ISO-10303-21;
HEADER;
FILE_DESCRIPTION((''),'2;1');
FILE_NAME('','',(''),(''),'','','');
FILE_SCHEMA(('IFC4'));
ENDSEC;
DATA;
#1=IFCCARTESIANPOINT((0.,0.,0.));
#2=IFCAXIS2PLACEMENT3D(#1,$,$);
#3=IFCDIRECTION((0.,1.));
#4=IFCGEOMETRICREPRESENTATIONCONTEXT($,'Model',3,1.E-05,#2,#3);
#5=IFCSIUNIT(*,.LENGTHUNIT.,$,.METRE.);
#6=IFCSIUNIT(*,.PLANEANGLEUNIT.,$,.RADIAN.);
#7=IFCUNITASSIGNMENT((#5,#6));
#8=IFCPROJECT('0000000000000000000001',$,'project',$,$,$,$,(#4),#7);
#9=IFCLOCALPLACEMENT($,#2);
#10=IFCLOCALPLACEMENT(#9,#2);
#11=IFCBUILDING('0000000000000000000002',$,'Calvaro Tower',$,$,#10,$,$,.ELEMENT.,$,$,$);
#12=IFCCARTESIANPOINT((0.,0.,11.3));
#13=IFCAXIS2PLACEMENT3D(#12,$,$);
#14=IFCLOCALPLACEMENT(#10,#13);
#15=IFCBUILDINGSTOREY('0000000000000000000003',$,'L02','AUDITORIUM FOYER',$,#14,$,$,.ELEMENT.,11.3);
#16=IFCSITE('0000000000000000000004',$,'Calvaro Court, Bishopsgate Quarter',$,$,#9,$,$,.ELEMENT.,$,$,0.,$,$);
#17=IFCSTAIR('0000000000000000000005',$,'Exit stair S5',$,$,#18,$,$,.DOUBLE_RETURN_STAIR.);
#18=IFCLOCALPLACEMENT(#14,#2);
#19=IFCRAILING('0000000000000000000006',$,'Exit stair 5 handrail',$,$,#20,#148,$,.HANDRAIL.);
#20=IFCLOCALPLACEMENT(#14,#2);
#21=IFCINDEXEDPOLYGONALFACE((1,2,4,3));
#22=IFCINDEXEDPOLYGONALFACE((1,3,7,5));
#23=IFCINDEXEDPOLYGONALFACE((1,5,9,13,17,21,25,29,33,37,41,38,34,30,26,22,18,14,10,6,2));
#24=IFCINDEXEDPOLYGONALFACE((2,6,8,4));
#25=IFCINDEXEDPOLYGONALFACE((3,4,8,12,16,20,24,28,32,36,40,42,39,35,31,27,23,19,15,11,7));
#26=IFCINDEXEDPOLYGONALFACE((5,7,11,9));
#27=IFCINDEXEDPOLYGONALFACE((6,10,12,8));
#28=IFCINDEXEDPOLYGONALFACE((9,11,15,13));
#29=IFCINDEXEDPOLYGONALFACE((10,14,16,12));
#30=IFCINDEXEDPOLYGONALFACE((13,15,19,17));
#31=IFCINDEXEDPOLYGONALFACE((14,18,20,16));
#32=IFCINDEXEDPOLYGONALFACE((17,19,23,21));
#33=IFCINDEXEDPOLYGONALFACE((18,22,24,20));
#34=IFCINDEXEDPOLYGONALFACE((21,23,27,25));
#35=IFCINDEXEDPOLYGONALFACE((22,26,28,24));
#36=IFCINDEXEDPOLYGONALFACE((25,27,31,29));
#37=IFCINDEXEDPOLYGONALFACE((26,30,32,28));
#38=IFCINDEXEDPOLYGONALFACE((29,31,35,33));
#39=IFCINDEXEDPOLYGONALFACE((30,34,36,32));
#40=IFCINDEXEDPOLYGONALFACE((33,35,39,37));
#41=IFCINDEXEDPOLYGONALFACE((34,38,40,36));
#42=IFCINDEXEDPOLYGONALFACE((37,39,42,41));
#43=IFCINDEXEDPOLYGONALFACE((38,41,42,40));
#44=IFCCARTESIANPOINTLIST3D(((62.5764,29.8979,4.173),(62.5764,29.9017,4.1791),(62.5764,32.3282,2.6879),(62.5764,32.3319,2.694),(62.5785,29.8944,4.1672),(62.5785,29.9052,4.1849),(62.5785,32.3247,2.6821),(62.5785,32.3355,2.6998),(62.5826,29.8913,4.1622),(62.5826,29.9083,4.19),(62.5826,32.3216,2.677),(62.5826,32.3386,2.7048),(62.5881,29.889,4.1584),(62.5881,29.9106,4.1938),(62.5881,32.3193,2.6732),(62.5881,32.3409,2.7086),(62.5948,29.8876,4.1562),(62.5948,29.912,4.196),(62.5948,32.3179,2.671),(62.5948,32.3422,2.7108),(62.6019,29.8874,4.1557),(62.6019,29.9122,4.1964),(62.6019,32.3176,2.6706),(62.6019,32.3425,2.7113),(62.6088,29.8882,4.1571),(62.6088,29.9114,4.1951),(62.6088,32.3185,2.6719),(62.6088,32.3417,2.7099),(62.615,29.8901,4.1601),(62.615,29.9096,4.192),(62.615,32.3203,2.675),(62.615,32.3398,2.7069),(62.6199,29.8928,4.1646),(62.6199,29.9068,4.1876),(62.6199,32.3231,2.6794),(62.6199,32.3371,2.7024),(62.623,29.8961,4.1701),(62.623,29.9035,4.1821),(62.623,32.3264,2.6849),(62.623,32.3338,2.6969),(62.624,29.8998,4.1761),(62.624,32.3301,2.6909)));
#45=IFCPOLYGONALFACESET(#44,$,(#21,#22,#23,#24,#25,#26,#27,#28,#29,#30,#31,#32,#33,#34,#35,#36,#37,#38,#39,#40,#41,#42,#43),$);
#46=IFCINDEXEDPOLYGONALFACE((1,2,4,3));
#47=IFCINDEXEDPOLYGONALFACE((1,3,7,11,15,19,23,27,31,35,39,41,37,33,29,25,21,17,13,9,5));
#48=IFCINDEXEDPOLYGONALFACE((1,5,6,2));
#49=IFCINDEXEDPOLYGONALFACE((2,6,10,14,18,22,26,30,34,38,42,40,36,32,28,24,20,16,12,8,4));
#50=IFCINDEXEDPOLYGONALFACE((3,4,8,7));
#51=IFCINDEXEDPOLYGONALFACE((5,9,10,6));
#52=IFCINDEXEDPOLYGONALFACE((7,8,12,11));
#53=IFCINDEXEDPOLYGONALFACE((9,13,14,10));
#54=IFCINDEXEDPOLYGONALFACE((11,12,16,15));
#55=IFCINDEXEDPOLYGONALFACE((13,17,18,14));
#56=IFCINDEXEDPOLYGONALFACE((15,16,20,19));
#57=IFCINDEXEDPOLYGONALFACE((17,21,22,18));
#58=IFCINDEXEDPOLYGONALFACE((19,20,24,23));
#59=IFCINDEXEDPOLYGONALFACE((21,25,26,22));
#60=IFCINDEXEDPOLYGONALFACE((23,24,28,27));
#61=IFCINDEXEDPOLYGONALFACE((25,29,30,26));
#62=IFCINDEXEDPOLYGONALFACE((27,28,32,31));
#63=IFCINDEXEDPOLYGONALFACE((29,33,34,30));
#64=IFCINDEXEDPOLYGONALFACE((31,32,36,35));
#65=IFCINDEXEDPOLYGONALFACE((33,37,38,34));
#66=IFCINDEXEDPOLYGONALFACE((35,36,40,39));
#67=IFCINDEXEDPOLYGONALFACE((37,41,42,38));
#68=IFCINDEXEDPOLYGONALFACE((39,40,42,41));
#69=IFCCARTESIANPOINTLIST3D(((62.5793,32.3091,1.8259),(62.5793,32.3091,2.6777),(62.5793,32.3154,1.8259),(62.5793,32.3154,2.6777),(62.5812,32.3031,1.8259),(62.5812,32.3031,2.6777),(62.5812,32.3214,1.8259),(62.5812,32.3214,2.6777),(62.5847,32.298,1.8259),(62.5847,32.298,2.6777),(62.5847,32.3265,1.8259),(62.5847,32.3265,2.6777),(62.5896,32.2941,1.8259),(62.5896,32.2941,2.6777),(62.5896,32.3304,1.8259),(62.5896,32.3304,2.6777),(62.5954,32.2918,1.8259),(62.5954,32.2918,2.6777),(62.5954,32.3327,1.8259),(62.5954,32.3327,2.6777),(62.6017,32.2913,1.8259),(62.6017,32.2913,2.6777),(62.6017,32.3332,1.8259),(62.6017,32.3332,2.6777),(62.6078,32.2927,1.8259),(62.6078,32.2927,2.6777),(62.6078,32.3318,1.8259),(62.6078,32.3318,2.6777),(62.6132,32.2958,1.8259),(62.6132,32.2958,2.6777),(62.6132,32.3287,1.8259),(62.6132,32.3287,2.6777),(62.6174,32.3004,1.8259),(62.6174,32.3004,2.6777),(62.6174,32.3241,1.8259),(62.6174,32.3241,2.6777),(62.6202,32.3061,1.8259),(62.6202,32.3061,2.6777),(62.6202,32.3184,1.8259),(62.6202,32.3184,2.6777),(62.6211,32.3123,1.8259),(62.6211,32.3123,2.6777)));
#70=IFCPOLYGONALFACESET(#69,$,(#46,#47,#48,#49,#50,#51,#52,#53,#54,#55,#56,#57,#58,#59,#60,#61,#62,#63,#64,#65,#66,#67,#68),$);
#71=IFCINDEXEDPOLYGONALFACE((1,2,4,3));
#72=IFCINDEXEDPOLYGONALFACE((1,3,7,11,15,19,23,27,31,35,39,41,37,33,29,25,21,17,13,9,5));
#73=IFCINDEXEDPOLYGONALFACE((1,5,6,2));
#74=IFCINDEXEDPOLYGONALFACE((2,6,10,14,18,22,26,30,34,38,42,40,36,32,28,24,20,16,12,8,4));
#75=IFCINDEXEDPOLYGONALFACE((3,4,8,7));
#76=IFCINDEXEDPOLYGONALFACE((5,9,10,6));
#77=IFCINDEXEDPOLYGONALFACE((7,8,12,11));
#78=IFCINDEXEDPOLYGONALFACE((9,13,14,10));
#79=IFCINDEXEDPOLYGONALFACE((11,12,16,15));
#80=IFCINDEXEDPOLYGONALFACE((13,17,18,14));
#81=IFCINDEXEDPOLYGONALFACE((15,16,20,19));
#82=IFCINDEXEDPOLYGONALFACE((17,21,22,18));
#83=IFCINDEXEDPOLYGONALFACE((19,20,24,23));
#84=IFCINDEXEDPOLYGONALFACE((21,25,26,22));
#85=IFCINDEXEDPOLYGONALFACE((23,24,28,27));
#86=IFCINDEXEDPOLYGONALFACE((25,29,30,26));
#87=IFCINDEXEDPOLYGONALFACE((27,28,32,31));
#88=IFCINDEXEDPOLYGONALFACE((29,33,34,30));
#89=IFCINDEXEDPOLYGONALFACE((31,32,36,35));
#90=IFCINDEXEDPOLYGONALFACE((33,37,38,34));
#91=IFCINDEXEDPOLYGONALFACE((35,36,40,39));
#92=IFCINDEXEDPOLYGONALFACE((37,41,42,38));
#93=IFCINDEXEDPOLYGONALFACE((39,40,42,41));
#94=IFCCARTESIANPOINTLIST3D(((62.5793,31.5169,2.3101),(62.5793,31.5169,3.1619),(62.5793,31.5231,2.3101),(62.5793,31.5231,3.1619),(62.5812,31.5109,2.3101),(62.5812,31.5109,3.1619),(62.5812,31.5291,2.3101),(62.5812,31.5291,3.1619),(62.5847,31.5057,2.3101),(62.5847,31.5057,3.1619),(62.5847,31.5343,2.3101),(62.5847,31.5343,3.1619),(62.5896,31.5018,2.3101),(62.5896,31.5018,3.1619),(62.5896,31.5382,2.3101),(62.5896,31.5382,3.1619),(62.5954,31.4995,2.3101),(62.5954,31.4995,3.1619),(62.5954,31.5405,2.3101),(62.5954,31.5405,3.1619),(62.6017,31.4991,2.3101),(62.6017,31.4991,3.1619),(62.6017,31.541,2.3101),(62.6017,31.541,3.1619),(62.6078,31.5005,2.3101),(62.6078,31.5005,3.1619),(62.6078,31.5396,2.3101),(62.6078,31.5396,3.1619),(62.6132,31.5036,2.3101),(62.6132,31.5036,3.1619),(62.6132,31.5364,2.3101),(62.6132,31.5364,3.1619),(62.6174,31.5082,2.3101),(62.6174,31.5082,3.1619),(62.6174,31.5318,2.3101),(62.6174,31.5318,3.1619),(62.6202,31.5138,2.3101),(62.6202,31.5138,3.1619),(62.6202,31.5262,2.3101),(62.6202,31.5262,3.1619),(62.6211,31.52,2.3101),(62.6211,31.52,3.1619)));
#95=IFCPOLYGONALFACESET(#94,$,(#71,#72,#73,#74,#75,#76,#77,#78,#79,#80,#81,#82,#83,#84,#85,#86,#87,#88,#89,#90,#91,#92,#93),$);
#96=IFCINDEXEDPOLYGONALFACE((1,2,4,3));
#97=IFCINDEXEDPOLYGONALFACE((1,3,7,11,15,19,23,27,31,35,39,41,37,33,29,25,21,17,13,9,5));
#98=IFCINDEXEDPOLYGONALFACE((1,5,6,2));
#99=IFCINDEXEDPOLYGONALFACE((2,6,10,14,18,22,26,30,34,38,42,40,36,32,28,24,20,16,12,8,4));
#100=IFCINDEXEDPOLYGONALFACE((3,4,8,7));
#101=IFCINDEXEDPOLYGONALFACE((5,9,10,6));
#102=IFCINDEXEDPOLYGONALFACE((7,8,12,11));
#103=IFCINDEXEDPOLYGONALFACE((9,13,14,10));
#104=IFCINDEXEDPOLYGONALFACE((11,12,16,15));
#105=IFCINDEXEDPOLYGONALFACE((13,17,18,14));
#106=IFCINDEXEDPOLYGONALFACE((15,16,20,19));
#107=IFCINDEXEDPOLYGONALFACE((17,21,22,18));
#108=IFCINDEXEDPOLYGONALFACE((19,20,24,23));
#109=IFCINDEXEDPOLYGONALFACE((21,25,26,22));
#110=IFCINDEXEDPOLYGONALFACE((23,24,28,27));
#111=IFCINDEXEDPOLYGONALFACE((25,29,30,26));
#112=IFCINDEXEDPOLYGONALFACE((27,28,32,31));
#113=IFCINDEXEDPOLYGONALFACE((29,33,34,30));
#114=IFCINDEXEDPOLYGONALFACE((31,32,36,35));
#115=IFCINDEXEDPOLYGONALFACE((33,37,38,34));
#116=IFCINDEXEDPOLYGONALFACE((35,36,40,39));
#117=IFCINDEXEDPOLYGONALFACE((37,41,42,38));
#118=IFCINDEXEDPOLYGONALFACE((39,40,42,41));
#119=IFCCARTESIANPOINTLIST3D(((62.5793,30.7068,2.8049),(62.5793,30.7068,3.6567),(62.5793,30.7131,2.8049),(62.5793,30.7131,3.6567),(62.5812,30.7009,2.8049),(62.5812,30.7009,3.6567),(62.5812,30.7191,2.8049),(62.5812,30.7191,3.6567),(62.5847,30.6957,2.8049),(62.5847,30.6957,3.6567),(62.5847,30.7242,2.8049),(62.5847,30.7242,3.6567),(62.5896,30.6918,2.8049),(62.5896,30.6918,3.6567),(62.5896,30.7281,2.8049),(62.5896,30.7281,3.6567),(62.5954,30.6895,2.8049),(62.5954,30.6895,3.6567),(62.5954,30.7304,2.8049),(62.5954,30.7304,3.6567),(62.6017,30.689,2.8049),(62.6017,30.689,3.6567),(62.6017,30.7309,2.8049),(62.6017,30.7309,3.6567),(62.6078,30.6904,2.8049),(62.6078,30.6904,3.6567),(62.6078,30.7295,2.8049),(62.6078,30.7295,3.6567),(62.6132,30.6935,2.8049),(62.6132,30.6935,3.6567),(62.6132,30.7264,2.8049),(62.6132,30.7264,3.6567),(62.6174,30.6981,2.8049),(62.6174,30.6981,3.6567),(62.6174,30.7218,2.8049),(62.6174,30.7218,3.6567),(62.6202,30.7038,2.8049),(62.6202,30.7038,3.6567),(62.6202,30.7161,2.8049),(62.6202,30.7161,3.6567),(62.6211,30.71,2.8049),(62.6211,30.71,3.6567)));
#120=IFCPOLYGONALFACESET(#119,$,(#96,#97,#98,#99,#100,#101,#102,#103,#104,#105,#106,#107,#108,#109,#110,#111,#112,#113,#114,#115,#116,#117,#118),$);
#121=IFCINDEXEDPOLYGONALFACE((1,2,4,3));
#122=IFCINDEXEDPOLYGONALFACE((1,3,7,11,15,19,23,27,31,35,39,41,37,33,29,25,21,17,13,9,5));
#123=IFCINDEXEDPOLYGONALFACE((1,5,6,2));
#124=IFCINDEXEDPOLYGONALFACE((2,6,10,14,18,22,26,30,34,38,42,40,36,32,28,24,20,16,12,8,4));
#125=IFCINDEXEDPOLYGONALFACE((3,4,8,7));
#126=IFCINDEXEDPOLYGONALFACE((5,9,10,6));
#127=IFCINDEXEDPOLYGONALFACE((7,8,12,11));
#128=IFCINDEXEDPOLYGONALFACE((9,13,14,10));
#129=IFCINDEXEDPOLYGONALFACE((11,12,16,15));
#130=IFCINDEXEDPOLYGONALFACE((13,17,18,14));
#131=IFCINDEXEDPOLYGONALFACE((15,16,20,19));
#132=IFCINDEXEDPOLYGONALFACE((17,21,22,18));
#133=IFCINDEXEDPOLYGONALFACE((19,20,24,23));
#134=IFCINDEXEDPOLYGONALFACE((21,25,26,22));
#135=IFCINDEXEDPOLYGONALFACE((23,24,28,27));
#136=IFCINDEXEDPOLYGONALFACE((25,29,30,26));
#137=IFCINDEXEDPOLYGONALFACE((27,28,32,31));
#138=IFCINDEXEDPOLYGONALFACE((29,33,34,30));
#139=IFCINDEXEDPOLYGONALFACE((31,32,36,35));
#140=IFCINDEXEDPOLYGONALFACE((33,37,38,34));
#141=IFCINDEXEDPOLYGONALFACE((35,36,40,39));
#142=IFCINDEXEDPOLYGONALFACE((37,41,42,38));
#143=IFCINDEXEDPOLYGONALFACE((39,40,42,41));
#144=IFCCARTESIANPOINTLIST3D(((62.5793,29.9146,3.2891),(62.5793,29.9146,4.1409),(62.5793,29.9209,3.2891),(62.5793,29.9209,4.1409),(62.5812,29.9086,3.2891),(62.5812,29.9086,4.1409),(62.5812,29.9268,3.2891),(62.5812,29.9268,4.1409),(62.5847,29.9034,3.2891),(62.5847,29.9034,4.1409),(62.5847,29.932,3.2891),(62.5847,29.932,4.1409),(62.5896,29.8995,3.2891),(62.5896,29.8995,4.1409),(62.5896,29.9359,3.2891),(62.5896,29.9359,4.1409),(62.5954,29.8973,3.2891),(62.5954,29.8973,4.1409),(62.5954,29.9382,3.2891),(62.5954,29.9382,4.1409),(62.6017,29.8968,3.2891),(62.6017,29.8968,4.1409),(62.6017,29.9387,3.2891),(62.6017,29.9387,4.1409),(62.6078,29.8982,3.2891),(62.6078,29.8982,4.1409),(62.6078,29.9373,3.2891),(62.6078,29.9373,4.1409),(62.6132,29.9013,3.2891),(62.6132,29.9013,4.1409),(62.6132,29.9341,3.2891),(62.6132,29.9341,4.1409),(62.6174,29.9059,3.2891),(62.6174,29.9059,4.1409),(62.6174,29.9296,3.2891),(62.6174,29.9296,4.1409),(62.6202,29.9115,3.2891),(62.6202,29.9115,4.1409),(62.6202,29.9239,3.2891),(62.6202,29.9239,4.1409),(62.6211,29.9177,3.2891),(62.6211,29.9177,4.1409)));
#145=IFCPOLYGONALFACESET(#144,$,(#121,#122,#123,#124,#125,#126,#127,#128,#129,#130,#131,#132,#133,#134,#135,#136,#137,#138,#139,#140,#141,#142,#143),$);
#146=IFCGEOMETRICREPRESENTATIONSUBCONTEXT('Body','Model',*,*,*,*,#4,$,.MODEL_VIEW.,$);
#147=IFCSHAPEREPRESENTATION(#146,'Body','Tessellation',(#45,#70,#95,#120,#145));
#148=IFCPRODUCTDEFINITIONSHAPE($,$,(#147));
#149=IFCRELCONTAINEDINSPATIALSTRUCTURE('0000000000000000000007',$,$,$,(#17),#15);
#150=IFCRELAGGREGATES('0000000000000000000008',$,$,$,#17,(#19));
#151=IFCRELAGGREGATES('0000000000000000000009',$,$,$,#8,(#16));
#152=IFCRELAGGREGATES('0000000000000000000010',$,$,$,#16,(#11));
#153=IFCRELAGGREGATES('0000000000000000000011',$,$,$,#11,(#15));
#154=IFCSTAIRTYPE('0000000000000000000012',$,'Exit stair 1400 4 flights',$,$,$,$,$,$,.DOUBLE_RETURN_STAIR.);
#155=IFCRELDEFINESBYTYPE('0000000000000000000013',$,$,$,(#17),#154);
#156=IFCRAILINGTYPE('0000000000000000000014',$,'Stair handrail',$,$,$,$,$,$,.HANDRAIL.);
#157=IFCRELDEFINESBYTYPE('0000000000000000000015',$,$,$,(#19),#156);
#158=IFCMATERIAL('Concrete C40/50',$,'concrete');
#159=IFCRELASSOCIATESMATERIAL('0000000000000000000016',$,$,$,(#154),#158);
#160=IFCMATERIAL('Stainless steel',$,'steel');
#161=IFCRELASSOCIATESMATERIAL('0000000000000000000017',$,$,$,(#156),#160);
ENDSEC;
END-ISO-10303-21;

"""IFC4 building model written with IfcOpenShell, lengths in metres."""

from ifc_helpers import new_model, si_unit, direction, frame, origin, origin_2d, place, context, subcontext, project, spatial, circle, extrude, material, type_object, element, aggregate, save


model = new_model("IFC4")

# Units and contexts
model_context = context("Model", 3, precision=1e-05, world=origin(), true_north=direction((0.0, 1.0)))
body_context = subcontext(model_context, "Body", "Model", "MODEL_VIEW")
ifc_project = project(units=[si_unit("LENGTHUNIT", "METRE"), si_unit("PLANEANGLEUNIT", "RADIAN")], contexts=[model_context])

# Site, building, storey
site_placement = place(None, origin())
site = spatial("IfcSite", under=ifc_project, at=site_placement, Name="Calvaro Court, Bishopsgate Quarter", CompositionType="ELEMENT", RefElevation=0.0)
building_placement = place(site_placement, origin())
building = spatial("IfcBuilding", under=site, at=building_placement, Name="Calvaro Tower", CompositionType="ELEMENT")
storey_placement = place(building_placement, frame((0.0, 0.0, 11.3)))
storey = spatial("IfcBuildingStorey", under=building, at=storey_placement, Name="L02", Description="AUDITORIUM FOYER", CompositionType="ELEMENT", Elevation=11.3)

# Stair
ifc_material_1 = material(Name="Concrete C40/50", Category="concrete")
stair_type = type_object("IfcStairType", Name="Exit stair 1400 4 flights", PredefinedType="DOUBLE_RETURN_STAIR", material=ifc_material_1)
stair_1_placement = place(storey_placement, origin())
stair_1 = element("IfcStair", 1, at=stair_1_placement, inside=storey, type_object=stair_type, Name="Exit stair S5", PredefinedType="DOUBLE_RETURN_STAIR")

# Shared definitions
ifc_material_2 = material(Name="Stainless steel", Category="steel")
railing_type = type_object("IfcRailingType", Name="Stair handrail", PredefinedType="HANDRAIL", material=ifc_material_2)

# Railing
railing_1_placement = place(storey_placement, frame((62.6001, 32.3301, 1.8149)))
railing_1 = element("IfcRailing", 2, at=railing_1_placement, type_object=railing_type, Name="Exit stair 5 handrail", PredefinedType="HANDRAIL", context=body_context, shape_type="SweptSolid", body=[
    extrude(circle(Radius=0.0239, at=origin_2d()), frame((0.0, 0.0, 0.876), z_axis=(0.0, -0.853282, 0.52145), x_axis=(1.0, 0.0, 0.0)), (0.0, 0.0, 1.0), 2.8481),
    extrude(circle(Radius=0.021, at=origin_2d()), frame((0.0, -0.0178, 0.011)), (0.0, 0.0, 1.0), 0.8518),
    extrude(circle(Radius=0.021, at=origin_2d()), frame((0.0, -0.8101, 0.4951)), (0.0, 0.0, 1.0), 0.8518),
    extrude(circle(Radius=0.021, at=origin_2d()), frame((0.0, -1.6201, 0.99)), (0.0, 0.0, 1.0), 0.8518),
    extrude(circle(Radius=0.021, at=origin_2d()), frame((0.0, -2.4124, 1.4741)), (0.0, 0.0, 1.0), 0.8518),
])
aggregate(stair_1, [railing_1])

save(model, "model.ifc")
